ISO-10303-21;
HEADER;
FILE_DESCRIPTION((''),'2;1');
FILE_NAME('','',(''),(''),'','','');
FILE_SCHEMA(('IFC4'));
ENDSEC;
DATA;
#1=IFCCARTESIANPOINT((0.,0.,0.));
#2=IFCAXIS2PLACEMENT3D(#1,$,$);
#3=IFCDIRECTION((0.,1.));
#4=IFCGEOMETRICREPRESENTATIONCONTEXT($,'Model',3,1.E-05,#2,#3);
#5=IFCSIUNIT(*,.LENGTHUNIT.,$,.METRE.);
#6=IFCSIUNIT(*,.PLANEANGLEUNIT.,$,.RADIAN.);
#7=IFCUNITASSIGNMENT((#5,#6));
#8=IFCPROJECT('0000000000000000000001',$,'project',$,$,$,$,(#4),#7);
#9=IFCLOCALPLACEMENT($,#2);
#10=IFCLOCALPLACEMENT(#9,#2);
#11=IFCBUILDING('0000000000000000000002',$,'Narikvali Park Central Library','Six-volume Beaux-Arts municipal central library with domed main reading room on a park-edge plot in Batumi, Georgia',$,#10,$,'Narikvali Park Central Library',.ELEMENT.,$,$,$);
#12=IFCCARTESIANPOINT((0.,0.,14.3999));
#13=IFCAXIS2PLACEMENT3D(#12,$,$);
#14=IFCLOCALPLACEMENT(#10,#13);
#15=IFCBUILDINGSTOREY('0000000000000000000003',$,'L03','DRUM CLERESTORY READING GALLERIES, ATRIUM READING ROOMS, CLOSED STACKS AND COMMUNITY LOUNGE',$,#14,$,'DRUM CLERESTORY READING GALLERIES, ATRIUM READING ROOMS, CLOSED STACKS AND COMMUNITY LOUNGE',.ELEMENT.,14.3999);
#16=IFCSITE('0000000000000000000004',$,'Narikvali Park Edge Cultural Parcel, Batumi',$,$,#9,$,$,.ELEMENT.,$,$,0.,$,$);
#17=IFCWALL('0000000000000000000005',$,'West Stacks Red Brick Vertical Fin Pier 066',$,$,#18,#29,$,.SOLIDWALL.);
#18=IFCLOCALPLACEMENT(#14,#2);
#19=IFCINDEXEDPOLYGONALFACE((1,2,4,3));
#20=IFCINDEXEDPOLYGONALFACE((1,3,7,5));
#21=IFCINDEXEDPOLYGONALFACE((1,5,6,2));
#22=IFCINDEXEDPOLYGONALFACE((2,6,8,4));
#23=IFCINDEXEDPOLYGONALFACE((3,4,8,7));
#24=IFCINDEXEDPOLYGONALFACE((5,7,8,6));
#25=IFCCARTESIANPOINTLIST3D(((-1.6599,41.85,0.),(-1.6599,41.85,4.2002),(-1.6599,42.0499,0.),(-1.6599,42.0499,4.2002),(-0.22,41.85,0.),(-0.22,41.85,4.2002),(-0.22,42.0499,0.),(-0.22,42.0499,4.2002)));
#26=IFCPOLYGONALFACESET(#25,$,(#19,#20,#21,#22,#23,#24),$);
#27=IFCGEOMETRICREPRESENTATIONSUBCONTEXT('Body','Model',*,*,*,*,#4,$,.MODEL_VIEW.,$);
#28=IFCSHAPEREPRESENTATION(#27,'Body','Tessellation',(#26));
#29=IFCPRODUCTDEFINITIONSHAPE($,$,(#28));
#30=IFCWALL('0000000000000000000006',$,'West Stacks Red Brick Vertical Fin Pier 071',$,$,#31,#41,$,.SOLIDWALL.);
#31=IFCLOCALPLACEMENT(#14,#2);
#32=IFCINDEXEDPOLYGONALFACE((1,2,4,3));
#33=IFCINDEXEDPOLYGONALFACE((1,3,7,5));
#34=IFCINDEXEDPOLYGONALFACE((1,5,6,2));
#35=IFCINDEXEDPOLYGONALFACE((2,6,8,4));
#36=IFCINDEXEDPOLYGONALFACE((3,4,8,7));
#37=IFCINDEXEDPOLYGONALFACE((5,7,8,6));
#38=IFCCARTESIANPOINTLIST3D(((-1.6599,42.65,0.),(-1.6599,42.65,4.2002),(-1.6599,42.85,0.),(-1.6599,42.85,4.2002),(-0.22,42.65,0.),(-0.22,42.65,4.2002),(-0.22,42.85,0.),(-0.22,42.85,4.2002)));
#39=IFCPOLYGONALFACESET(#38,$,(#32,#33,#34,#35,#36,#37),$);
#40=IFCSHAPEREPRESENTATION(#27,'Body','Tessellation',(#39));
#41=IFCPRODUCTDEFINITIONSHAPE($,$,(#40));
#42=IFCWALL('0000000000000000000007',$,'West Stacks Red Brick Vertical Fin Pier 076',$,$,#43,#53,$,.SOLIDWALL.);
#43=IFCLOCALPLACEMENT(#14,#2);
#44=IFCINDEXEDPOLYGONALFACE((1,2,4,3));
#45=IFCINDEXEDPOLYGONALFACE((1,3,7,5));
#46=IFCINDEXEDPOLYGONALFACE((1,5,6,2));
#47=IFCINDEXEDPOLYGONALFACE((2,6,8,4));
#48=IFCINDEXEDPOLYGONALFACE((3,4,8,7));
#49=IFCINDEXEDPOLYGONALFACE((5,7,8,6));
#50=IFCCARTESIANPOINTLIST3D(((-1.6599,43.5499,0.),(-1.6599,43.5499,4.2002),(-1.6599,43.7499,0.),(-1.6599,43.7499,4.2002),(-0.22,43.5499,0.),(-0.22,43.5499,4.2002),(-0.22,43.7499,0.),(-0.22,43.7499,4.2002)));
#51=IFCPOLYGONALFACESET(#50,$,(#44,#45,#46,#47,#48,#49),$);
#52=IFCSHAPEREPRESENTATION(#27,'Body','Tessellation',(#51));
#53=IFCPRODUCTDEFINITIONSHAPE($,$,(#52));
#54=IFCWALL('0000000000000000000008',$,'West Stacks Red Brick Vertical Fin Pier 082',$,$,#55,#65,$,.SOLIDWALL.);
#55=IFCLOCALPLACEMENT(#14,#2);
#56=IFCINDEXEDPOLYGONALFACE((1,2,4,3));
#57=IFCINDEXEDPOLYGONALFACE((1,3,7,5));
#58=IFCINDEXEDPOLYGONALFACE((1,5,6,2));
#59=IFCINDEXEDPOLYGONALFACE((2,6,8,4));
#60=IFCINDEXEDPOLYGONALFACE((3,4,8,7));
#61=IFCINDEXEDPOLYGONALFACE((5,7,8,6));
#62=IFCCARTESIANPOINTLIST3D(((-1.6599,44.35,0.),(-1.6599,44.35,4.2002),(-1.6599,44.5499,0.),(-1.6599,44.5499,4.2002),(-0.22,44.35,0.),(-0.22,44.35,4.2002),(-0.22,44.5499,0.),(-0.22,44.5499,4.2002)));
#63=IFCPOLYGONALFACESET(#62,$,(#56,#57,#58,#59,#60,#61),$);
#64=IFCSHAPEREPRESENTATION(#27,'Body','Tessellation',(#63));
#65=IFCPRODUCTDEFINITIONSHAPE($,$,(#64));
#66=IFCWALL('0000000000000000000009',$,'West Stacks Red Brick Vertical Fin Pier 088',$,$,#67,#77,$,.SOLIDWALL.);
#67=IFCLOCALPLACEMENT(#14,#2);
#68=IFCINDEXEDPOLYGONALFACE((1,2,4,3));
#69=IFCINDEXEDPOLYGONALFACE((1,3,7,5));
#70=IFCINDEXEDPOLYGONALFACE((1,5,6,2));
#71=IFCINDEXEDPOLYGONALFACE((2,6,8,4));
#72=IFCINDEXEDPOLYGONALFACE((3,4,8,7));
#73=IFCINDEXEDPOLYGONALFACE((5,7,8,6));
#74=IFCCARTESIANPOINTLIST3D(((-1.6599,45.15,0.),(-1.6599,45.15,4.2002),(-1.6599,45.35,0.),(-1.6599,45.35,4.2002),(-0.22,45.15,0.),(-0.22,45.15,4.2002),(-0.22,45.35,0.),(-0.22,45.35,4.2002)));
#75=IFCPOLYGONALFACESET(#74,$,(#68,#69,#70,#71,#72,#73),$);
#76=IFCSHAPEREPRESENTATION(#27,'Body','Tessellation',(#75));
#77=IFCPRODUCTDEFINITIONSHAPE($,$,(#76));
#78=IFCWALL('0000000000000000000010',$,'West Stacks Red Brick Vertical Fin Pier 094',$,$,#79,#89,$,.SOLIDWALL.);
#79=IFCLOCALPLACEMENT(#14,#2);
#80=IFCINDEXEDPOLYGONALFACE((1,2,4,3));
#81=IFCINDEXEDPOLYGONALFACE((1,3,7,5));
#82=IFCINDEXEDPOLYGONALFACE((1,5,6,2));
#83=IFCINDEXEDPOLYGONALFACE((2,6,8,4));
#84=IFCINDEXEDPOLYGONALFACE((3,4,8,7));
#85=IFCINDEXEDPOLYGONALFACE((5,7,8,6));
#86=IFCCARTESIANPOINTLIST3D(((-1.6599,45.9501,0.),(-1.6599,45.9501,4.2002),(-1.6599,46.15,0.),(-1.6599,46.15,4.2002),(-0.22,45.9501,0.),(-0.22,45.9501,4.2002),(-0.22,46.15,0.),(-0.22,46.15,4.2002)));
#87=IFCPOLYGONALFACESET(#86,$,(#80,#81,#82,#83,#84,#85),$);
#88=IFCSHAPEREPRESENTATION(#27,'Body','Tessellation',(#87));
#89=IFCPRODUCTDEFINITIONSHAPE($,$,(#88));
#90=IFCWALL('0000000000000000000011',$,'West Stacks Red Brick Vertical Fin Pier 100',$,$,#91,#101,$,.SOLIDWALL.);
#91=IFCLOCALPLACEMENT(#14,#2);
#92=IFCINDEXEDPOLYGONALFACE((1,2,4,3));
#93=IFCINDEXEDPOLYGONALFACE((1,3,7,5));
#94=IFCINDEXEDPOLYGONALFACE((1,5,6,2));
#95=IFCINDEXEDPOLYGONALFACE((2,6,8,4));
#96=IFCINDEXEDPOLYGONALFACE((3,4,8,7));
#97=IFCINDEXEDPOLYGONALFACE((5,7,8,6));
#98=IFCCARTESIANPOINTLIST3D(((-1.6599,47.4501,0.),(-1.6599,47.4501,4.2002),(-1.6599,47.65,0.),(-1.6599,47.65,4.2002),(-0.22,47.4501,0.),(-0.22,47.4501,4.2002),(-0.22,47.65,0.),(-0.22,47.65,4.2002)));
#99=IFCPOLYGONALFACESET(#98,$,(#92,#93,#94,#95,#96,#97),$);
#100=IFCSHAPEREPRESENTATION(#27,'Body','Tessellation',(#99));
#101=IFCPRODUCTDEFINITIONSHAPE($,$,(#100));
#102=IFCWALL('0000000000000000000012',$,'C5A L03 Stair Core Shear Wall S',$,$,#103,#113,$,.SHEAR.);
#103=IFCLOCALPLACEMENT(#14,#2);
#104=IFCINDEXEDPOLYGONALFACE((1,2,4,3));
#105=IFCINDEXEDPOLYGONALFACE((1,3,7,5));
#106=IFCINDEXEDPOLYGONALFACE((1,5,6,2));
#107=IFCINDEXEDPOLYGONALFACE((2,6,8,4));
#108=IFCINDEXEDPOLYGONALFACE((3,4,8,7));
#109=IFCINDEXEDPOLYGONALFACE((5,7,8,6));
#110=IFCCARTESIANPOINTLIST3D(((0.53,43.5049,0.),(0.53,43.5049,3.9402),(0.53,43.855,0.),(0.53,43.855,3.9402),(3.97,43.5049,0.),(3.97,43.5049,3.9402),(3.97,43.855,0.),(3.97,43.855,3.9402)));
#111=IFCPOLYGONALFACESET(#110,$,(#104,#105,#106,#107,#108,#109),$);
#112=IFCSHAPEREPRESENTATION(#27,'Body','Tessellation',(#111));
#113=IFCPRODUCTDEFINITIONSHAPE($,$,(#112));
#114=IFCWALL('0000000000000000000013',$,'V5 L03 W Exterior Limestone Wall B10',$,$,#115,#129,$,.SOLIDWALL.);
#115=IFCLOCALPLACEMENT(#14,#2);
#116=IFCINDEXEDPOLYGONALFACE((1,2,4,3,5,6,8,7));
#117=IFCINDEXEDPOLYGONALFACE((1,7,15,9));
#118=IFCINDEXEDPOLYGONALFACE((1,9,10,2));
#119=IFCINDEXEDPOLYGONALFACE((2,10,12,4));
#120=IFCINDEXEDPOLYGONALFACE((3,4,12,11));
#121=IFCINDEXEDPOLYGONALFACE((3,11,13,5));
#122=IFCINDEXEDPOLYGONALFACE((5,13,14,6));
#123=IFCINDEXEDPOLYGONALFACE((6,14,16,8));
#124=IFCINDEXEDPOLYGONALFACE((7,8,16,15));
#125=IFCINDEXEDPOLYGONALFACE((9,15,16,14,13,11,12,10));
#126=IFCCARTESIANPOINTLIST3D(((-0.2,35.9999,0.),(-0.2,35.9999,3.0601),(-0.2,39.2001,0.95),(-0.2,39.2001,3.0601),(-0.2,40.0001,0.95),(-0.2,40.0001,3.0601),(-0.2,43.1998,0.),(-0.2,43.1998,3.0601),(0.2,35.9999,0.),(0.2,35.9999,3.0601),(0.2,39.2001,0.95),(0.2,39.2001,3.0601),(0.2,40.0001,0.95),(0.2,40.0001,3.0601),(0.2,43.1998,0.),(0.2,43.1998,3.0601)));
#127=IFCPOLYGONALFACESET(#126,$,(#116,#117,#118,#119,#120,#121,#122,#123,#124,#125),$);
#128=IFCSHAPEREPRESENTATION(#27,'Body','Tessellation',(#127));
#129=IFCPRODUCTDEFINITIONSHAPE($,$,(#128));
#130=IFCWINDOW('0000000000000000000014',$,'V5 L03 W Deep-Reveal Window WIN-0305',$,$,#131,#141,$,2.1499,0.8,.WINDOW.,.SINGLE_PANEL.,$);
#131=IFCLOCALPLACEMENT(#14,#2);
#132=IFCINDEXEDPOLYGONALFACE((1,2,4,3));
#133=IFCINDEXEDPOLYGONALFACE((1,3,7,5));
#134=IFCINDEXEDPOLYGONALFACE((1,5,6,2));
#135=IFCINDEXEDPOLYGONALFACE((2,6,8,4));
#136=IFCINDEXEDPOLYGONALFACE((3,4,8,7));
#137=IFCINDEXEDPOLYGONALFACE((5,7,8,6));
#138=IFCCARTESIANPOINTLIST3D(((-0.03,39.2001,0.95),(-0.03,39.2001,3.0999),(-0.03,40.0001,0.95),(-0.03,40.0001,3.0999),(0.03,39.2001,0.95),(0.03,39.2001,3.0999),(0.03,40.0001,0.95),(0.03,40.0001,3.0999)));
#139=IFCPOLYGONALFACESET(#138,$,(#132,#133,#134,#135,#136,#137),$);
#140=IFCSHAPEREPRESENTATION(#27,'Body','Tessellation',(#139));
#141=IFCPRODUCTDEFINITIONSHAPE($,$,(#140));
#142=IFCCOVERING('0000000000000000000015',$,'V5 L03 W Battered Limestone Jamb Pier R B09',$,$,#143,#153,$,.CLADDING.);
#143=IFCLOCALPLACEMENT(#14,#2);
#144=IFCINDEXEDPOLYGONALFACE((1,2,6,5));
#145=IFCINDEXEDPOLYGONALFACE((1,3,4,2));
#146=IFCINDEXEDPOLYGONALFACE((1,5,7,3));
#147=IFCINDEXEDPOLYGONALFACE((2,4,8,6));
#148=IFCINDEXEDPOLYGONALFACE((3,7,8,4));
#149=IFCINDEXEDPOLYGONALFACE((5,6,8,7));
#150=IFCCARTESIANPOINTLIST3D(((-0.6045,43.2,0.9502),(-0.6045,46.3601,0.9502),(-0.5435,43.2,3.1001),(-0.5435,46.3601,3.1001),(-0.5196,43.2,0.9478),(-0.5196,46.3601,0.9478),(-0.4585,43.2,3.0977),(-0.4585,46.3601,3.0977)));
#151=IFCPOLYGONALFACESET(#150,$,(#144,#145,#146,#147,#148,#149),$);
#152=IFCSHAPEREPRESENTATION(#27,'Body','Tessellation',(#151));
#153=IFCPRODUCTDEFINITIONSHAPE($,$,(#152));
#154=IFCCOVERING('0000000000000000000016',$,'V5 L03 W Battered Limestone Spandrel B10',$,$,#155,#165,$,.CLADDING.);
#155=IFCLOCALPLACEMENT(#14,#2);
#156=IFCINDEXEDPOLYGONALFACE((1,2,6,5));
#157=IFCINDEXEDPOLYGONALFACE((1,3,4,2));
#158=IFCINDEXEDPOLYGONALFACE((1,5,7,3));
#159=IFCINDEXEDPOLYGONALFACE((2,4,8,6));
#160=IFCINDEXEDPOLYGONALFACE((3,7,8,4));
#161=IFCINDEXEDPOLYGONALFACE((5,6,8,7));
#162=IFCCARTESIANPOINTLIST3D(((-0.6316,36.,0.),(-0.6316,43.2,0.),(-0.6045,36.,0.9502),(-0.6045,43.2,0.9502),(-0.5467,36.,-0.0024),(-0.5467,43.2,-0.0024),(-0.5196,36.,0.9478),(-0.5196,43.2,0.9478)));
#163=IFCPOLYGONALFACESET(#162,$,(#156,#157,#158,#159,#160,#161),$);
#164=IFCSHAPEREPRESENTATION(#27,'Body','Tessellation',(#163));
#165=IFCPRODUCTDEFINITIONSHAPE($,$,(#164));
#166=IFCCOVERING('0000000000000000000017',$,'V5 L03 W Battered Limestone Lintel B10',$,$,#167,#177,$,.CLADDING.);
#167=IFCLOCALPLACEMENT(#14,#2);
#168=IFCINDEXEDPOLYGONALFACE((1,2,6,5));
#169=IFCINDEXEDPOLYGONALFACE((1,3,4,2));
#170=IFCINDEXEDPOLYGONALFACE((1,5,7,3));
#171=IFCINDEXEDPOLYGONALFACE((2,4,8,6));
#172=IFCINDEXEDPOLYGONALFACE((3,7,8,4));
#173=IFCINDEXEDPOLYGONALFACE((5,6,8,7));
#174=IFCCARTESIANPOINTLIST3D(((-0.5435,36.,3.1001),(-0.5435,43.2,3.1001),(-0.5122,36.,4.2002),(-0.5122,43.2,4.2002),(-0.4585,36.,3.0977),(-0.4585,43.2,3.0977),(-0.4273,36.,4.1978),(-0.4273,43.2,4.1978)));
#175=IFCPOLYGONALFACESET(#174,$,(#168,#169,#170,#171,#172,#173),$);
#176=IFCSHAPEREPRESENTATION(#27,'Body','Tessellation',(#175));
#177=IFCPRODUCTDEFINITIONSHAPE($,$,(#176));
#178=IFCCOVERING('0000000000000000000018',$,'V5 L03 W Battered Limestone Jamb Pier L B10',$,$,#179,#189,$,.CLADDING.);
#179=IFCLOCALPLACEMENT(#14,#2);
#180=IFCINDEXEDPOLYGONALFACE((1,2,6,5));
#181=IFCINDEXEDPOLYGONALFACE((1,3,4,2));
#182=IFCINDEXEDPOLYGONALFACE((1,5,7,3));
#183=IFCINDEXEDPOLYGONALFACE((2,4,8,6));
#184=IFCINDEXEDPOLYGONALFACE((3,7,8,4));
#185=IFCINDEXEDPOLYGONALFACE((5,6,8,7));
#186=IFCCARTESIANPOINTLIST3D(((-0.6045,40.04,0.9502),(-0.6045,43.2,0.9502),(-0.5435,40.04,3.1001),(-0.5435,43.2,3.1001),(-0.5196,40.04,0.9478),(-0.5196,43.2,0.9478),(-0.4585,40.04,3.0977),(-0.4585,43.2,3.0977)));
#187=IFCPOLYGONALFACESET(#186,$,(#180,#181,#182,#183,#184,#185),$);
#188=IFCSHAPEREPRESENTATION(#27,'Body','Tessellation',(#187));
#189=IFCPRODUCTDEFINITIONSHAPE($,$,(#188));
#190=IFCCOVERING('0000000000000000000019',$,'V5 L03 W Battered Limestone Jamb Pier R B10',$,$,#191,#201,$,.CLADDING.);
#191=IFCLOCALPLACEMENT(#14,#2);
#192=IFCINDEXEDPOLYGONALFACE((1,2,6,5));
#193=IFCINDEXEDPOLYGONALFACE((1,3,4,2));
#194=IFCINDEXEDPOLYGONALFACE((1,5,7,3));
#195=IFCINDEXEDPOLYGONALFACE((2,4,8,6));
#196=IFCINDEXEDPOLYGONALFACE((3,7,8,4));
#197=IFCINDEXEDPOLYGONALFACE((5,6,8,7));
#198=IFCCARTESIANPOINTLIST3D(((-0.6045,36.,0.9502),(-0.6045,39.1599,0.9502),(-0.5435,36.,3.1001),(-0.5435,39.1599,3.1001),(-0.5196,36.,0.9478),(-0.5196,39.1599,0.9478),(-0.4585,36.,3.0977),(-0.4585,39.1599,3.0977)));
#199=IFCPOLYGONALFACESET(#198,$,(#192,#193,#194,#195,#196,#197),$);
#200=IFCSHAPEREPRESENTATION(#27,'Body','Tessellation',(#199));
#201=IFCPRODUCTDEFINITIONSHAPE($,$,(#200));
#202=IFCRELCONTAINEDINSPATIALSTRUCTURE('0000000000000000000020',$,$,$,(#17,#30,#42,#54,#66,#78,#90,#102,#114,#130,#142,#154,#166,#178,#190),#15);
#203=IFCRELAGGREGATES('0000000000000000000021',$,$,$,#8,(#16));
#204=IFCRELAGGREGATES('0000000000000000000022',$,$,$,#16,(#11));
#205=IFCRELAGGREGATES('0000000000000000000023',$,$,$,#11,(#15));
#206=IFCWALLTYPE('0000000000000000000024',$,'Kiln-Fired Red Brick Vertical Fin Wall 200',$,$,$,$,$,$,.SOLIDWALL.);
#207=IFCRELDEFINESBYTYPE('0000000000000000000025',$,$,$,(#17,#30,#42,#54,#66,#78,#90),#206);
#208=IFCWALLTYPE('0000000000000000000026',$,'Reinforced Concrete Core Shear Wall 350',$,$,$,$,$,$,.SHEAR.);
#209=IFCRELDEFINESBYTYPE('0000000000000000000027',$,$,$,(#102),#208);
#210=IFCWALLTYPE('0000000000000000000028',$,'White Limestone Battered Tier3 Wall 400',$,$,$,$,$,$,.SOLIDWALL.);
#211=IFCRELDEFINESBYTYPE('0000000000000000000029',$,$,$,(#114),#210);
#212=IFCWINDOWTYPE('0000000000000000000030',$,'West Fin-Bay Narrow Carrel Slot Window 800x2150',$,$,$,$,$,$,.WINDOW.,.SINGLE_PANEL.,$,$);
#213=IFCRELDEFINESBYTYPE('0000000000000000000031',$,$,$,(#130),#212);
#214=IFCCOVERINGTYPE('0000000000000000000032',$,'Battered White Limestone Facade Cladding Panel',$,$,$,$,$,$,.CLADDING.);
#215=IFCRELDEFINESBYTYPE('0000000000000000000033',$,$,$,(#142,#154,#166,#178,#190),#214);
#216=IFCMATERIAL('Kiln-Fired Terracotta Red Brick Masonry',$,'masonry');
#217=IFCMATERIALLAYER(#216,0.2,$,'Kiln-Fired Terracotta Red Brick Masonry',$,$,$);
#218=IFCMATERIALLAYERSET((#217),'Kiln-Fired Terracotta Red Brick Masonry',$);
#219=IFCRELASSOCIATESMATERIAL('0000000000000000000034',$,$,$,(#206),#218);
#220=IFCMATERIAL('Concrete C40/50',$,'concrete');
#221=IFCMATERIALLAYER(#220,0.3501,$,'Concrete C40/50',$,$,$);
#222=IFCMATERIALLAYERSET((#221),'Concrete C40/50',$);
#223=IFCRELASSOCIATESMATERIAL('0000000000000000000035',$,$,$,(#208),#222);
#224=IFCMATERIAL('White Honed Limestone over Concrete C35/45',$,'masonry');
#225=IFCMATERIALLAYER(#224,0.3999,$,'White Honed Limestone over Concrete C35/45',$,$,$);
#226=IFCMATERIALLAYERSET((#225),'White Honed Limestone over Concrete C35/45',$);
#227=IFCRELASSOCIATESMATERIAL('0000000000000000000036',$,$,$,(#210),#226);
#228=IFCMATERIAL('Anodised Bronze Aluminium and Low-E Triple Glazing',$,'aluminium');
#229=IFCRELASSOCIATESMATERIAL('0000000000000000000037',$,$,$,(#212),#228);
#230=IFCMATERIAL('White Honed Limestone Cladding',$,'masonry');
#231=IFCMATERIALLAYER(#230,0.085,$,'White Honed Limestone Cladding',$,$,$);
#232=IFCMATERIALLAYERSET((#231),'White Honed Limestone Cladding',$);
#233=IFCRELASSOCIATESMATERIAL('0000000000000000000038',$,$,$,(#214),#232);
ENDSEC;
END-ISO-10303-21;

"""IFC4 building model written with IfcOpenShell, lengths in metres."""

from ifc_helpers import new_model, si_unit, direction, frame, frame_2d, origin, place, context, subcontext, project, spatial, polyline, rectangle, outline, extrude, material, layer, layer_set, type_object, element, fill, save


model = new_model("IFC4")

# Units and contexts
model_context = context("Model", 3, precision=1e-05, world=origin(), true_north=direction((0.0, 1.0)))
body_context = subcontext(model_context, "Body", "Model", "MODEL_VIEW")
ifc_project = project(units=[si_unit("LENGTHUNIT", "METRE"), si_unit("PLANEANGLEUNIT", "RADIAN")], contexts=[model_context])

# Site, building, storey
site_placement = place(None, origin())
site = spatial("IfcSite", under=ifc_project, at=site_placement, Name="Narikvali Park Edge Cultural Parcel, Batumi", CompositionType="ELEMENT", RefElevation=0.0)
building_placement = place(site_placement, origin())
building = spatial("IfcBuilding", under=site, at=building_placement, Name="Narikvali Park Central Library", Description="Six-volume Beaux-Arts municipal central library with domed main reading room on a park-edge plot in Batumi, Georgia", LongName="Narikvali Park Central Library", CompositionType="ELEMENT")
storey_placement = place(building_placement, frame((0.0, 0.0, 14.3999)))
storey = spatial("IfcBuildingStorey", under=building, at=storey_placement, Name="L03", Description="DRUM CLERESTORY READING GALLERIES, ATRIUM READING ROOMS, CLOSED STACKS AND COMMUNITY LOUNGE", LongName="DRUM CLERESTORY READING GALLERIES, ATRIUM READING ROOMS, CLOSED STACKS AND COMMUNITY LOUNGE", CompositionType="ELEMENT", Elevation=14.3999)

# Walls
ifc_material_1 = material(Name="Kiln-Fired Terracotta Red Brick Masonry", Category="masonry")
ifc_layer_1 = layer(ifc_material_1, 0.2, Name="Kiln-Fired Terracotta Red Brick Masonry")
ifc_layer_set_1 = layer_set([ifc_layer_1], Name="Kiln-Fired Terracotta Red Brick Masonry")
wall_type_1 = type_object("IfcWallType", Name="Kiln-Fired Red Brick Vertical Fin Wall 200", PredefinedType="SOLIDWALL", material=ifc_layer_set_1)
for number, where, z_axis, x_axis, name in (
    (1, (-1.6599, 41.95, 0.0), (0.0, 0.0, 1.0), (1.0, 0.0, 0.0), "West Stacks Red Brick Vertical Fin Pier 066"),
    (2, (-1.6599, 42.75, 0.0), (0.0, 0.0, 1.0), (1.0, 0.0, 0.0), "West Stacks Red Brick Vertical Fin Pier 071"),
    (3, (-1.6599, 43.6499, 0.0), (0.0, 0.0, 1.0), (1.0, 0.0, 0.0), "West Stacks Red Brick Vertical Fin Pier 076"),
    (4, (-1.6599, 44.45, 0.0), (0.0, 0.0, 1.0), (1.0, 0.0, 0.0), "West Stacks Red Brick Vertical Fin Pier 082"),
    (5, (-1.6599, 45.25, 0.0), (0.0, 0.0, 1.0), (1.0, 0.0, 0.0), "West Stacks Red Brick Vertical Fin Pier 088"),
    (6, (-1.6599, 46.05, 0.0), (0.0, 0.0, 1.0), (1.0, 0.0, 0.0), "West Stacks Red Brick Vertical Fin Pier 094"),
    (7, (-1.6599, 47.55, 0.0), (0.0, 0.0, 1.0), (1.0, 0.0, 0.0), "West Stacks Red Brick Vertical Fin Pier 100"),
):
    element("IfcWall", number, at=place(storey_placement, frame(where, z_axis=z_axis, x_axis=x_axis)), inside=storey, type_object=wall_type_1, Name=name, PredefinedType="SOLIDWALL", context=body_context, shape_type="SweptSolid", body=[
        extrude(rectangle(XDim=1.4399, YDim=0.2, at=frame_2d((0.72, 0.0))), origin(), (0.0, 0.0, 1.0), 4.2002),
    ])
ifc_material_2 = material(Name="Concrete C40/50", Category="concrete")
ifc_layer_2 = layer(ifc_material_2, 0.3501, Name="Concrete C40/50")
ifc_layer_set_2 = layer_set([ifc_layer_2], Name="Concrete C40/50")
wall_type_2 = type_object("IfcWallType", Name="Reinforced Concrete Core Shear Wall 350", PredefinedType="SHEAR", material=ifc_layer_set_2)
wall_1_placement = place(storey_placement, frame((0.53, 43.6799, 0.0), z_axis=(0.0, 0.0, 1.0), x_axis=(1.0, 0.0, 0.0)))
element("IfcWall", 8, at=wall_1_placement, inside=storey, type_object=wall_type_2, Name="C5A L03 Stair Core Shear Wall S", PredefinedType="SHEAR", context=body_context, shape_type="SweptSolid", body=[
    extrude(rectangle(XDim=3.4399, YDim=0.3501, at=frame_2d((1.72, 0.0))), origin(), (0.0, 0.0, 1.0), 3.9402),
])

# Wall, opening, window
ifc_material_3 = material(Name="White Honed Limestone over Concrete C35/45", Category="masonry")
ifc_layer_3 = layer(ifc_material_3, 0.3999, Name="White Honed Limestone over Concrete C35/45")
ifc_layer_set_3 = layer_set([ifc_layer_3], Name="White Honed Limestone over Concrete C35/45")
wall_type_3 = type_object("IfcWallType", Name="White Limestone Battered Tier3 Wall 400", PredefinedType="SOLIDWALL", material=ifc_layer_set_3)
wall_2_placement = place(storey_placement, frame((0.0, 43.2, 0.0), z_axis=(0.0, 0.0, 1.0), x_axis=(0.0, -1.0, 0.0)))
wall_2 = element("IfcWall", 9, at=wall_2_placement, inside=storey, type_object=wall_type_3, Name="V5 L03 W Exterior Limestone Wall B10", PredefinedType="SOLIDWALL", context=body_context, shape_type="SweptSolid", body=[
    extrude(rectangle(XDim=7.2, YDim=0.3999, at=frame_2d((3.6001, 0.0))), origin(), (0.0, 0.0, 1.0), 3.0601),
])
opening_placement = place(wall_2_placement, frame((3.2, 0.0, 0.95)))
opening = element("IfcOpeningElement", 10, at=opening_placement, cuts=wall_2, PredefinedType="OPENING", context=body_context, shape_type="SweptSolid", body=[
    extrude(rectangle(XDim=0.8, YDim=2.1499, at=frame_2d((0.3999, 1.075))), frame((0.0, 0.2119, 0.0), z_axis=(0.0, -1.0, 0.0), x_axis=(1.0, 0.0, 0.0)), (0.0, 0.0, 1.0), 0.4238),
])
ifc_material_4 = material(Name="Anodised Bronze Aluminium and Low-E Triple Glazing", Category="aluminium")
window_type = type_object("IfcWindowType", Name="West Fin-Bay Narrow Carrel Slot Window 800x2150", PartitioningType="SINGLE_PANEL", PredefinedType="WINDOW", material=ifc_material_4)
window_placement = place(opening_placement, origin())
window = element("IfcWindow", 11, at=window_placement, inside=storey, type_object=window_type, Name="V5 L03 W Deep-Reveal Window WIN-0305", OverallHeight=2.1499, OverallWidth=0.8, PartitioningType="SINGLE_PANEL", PredefinedType="WINDOW", context=body_context, shape_type="SweptSolid", body=[
    extrude(rectangle(XDim=0.8, YDim=2.1499, at=frame_2d((0.3999, 1.075))), frame((0.0, 0.03, 0.0), z_axis=(0.0, -1.0, 0.0), x_axis=(1.0, 0.0, 0.0)), (0.0, 0.0, 1.0), 0.0601),
])
fill(opening, window)

# Coverings
ifc_material_5 = material(Name="White Honed Limestone Cladding", Category="masonry")
ifc_layer_4 = layer(ifc_material_5, 0.085, Name="White Honed Limestone Cladding")
ifc_layer_set_4 = layer_set([ifc_layer_4], Name="White Honed Limestone Cladding")
covering_type = type_object("IfcCoveringType", Name="Battered White Limestone Facade Cladding Panel", PredefinedType="CLADDING", material=ifc_layer_set_4)
covering_1_placement = place(storey_placement, frame((-0.6045, 46.3601, 0.9502), z_axis=(-0.999597, 0.0, 0.028378), x_axis=(0.0, -1.0, 0.0)))
element("IfcCovering", 12, at=covering_1_placement, inside=storey, type_object=covering_type, Name="V5 L03 W Battered Limestone Jamb Pier R B09", PredefinedType="CLADDING", context=body_context, shape_type="SweptSolid", body=[
    extrude(outline(polyline([(0.0, 0.0), (3.1602, 0.0), (3.1602, 2.1508), (0.0, 2.1508), (0.0, 0.0)])), origin(), (0.0, 0.0, -1.0), 0.085),
])
covering_2_placement = place(storey_placement, frame((-0.6316, 43.2, 0.0), z_axis=(-0.999594, 0.0, 0.028508), x_axis=(0.0, -1.0, 0.0)))
element("IfcCovering", 13, at=covering_2_placement, inside=storey, type_object=covering_type, Name="V5 L03 W Battered Limestone Spandrel B10", PredefinedType="CLADDING", context=body_context, shape_type="SweptSolid", body=[
    extrude(outline(polyline([(0.0, 0.0), (7.2, 0.0), (7.2, 0.9506), (0.0, 0.9506), (0.0, 0.0)])), origin(), (0.0, 0.0, -1.0), 0.085),
])
covering_3_placement = place(storey_placement, frame((-0.5435, 43.2, 3.1001), z_axis=(-0.999597, 0.0, 0.028395), x_axis=(0.0, -1.0, 0.0)))
element("IfcCovering", 14, at=covering_3_placement, inside=storey, type_object=covering_type, Name="V5 L03 W Battered Limestone Lintel B10", PredefinedType="CLADDING", context=body_context, shape_type="SweptSolid", body=[
    extrude(outline(polyline([(0.0, 0.0), (7.2, 0.0), (7.2, 1.1005), (0.0, 1.1005), (0.0, 0.0)])), origin(), (0.0, 0.0, -1.0), 0.085),
])
for number, where, z_axis, x_axis, name in (
    (15, (-0.6045, 43.2, 0.9502), (-0.999597, 0.0, 0.028378), (0.0, -1.0, 0.0), "V5 L03 W Battered Limestone Jamb Pier L B10"),
    (16, (-0.6045, 39.1599, 0.9502), (-0.999597, 0.0, 0.028378), (0.0, -1.0, 0.0), "V5 L03 W Battered Limestone Jamb Pier R B10"),
):
    element("IfcCovering", number, at=place(storey_placement, frame(where, z_axis=z_axis, x_axis=x_axis)), inside=storey, type_object=covering_type, Name=name, PredefinedType="CLADDING", context=body_context, shape_type="SweptSolid", body=[
        extrude(outline(polyline([(0.0, 0.0), (3.1599, 0.0), (3.1599, 2.1508), (0.0, 2.1508), (0.0, 0.0)])), origin(), (0.0, 0.0, -1.0), 0.085),
    ])

save(model, "model.ifc")
